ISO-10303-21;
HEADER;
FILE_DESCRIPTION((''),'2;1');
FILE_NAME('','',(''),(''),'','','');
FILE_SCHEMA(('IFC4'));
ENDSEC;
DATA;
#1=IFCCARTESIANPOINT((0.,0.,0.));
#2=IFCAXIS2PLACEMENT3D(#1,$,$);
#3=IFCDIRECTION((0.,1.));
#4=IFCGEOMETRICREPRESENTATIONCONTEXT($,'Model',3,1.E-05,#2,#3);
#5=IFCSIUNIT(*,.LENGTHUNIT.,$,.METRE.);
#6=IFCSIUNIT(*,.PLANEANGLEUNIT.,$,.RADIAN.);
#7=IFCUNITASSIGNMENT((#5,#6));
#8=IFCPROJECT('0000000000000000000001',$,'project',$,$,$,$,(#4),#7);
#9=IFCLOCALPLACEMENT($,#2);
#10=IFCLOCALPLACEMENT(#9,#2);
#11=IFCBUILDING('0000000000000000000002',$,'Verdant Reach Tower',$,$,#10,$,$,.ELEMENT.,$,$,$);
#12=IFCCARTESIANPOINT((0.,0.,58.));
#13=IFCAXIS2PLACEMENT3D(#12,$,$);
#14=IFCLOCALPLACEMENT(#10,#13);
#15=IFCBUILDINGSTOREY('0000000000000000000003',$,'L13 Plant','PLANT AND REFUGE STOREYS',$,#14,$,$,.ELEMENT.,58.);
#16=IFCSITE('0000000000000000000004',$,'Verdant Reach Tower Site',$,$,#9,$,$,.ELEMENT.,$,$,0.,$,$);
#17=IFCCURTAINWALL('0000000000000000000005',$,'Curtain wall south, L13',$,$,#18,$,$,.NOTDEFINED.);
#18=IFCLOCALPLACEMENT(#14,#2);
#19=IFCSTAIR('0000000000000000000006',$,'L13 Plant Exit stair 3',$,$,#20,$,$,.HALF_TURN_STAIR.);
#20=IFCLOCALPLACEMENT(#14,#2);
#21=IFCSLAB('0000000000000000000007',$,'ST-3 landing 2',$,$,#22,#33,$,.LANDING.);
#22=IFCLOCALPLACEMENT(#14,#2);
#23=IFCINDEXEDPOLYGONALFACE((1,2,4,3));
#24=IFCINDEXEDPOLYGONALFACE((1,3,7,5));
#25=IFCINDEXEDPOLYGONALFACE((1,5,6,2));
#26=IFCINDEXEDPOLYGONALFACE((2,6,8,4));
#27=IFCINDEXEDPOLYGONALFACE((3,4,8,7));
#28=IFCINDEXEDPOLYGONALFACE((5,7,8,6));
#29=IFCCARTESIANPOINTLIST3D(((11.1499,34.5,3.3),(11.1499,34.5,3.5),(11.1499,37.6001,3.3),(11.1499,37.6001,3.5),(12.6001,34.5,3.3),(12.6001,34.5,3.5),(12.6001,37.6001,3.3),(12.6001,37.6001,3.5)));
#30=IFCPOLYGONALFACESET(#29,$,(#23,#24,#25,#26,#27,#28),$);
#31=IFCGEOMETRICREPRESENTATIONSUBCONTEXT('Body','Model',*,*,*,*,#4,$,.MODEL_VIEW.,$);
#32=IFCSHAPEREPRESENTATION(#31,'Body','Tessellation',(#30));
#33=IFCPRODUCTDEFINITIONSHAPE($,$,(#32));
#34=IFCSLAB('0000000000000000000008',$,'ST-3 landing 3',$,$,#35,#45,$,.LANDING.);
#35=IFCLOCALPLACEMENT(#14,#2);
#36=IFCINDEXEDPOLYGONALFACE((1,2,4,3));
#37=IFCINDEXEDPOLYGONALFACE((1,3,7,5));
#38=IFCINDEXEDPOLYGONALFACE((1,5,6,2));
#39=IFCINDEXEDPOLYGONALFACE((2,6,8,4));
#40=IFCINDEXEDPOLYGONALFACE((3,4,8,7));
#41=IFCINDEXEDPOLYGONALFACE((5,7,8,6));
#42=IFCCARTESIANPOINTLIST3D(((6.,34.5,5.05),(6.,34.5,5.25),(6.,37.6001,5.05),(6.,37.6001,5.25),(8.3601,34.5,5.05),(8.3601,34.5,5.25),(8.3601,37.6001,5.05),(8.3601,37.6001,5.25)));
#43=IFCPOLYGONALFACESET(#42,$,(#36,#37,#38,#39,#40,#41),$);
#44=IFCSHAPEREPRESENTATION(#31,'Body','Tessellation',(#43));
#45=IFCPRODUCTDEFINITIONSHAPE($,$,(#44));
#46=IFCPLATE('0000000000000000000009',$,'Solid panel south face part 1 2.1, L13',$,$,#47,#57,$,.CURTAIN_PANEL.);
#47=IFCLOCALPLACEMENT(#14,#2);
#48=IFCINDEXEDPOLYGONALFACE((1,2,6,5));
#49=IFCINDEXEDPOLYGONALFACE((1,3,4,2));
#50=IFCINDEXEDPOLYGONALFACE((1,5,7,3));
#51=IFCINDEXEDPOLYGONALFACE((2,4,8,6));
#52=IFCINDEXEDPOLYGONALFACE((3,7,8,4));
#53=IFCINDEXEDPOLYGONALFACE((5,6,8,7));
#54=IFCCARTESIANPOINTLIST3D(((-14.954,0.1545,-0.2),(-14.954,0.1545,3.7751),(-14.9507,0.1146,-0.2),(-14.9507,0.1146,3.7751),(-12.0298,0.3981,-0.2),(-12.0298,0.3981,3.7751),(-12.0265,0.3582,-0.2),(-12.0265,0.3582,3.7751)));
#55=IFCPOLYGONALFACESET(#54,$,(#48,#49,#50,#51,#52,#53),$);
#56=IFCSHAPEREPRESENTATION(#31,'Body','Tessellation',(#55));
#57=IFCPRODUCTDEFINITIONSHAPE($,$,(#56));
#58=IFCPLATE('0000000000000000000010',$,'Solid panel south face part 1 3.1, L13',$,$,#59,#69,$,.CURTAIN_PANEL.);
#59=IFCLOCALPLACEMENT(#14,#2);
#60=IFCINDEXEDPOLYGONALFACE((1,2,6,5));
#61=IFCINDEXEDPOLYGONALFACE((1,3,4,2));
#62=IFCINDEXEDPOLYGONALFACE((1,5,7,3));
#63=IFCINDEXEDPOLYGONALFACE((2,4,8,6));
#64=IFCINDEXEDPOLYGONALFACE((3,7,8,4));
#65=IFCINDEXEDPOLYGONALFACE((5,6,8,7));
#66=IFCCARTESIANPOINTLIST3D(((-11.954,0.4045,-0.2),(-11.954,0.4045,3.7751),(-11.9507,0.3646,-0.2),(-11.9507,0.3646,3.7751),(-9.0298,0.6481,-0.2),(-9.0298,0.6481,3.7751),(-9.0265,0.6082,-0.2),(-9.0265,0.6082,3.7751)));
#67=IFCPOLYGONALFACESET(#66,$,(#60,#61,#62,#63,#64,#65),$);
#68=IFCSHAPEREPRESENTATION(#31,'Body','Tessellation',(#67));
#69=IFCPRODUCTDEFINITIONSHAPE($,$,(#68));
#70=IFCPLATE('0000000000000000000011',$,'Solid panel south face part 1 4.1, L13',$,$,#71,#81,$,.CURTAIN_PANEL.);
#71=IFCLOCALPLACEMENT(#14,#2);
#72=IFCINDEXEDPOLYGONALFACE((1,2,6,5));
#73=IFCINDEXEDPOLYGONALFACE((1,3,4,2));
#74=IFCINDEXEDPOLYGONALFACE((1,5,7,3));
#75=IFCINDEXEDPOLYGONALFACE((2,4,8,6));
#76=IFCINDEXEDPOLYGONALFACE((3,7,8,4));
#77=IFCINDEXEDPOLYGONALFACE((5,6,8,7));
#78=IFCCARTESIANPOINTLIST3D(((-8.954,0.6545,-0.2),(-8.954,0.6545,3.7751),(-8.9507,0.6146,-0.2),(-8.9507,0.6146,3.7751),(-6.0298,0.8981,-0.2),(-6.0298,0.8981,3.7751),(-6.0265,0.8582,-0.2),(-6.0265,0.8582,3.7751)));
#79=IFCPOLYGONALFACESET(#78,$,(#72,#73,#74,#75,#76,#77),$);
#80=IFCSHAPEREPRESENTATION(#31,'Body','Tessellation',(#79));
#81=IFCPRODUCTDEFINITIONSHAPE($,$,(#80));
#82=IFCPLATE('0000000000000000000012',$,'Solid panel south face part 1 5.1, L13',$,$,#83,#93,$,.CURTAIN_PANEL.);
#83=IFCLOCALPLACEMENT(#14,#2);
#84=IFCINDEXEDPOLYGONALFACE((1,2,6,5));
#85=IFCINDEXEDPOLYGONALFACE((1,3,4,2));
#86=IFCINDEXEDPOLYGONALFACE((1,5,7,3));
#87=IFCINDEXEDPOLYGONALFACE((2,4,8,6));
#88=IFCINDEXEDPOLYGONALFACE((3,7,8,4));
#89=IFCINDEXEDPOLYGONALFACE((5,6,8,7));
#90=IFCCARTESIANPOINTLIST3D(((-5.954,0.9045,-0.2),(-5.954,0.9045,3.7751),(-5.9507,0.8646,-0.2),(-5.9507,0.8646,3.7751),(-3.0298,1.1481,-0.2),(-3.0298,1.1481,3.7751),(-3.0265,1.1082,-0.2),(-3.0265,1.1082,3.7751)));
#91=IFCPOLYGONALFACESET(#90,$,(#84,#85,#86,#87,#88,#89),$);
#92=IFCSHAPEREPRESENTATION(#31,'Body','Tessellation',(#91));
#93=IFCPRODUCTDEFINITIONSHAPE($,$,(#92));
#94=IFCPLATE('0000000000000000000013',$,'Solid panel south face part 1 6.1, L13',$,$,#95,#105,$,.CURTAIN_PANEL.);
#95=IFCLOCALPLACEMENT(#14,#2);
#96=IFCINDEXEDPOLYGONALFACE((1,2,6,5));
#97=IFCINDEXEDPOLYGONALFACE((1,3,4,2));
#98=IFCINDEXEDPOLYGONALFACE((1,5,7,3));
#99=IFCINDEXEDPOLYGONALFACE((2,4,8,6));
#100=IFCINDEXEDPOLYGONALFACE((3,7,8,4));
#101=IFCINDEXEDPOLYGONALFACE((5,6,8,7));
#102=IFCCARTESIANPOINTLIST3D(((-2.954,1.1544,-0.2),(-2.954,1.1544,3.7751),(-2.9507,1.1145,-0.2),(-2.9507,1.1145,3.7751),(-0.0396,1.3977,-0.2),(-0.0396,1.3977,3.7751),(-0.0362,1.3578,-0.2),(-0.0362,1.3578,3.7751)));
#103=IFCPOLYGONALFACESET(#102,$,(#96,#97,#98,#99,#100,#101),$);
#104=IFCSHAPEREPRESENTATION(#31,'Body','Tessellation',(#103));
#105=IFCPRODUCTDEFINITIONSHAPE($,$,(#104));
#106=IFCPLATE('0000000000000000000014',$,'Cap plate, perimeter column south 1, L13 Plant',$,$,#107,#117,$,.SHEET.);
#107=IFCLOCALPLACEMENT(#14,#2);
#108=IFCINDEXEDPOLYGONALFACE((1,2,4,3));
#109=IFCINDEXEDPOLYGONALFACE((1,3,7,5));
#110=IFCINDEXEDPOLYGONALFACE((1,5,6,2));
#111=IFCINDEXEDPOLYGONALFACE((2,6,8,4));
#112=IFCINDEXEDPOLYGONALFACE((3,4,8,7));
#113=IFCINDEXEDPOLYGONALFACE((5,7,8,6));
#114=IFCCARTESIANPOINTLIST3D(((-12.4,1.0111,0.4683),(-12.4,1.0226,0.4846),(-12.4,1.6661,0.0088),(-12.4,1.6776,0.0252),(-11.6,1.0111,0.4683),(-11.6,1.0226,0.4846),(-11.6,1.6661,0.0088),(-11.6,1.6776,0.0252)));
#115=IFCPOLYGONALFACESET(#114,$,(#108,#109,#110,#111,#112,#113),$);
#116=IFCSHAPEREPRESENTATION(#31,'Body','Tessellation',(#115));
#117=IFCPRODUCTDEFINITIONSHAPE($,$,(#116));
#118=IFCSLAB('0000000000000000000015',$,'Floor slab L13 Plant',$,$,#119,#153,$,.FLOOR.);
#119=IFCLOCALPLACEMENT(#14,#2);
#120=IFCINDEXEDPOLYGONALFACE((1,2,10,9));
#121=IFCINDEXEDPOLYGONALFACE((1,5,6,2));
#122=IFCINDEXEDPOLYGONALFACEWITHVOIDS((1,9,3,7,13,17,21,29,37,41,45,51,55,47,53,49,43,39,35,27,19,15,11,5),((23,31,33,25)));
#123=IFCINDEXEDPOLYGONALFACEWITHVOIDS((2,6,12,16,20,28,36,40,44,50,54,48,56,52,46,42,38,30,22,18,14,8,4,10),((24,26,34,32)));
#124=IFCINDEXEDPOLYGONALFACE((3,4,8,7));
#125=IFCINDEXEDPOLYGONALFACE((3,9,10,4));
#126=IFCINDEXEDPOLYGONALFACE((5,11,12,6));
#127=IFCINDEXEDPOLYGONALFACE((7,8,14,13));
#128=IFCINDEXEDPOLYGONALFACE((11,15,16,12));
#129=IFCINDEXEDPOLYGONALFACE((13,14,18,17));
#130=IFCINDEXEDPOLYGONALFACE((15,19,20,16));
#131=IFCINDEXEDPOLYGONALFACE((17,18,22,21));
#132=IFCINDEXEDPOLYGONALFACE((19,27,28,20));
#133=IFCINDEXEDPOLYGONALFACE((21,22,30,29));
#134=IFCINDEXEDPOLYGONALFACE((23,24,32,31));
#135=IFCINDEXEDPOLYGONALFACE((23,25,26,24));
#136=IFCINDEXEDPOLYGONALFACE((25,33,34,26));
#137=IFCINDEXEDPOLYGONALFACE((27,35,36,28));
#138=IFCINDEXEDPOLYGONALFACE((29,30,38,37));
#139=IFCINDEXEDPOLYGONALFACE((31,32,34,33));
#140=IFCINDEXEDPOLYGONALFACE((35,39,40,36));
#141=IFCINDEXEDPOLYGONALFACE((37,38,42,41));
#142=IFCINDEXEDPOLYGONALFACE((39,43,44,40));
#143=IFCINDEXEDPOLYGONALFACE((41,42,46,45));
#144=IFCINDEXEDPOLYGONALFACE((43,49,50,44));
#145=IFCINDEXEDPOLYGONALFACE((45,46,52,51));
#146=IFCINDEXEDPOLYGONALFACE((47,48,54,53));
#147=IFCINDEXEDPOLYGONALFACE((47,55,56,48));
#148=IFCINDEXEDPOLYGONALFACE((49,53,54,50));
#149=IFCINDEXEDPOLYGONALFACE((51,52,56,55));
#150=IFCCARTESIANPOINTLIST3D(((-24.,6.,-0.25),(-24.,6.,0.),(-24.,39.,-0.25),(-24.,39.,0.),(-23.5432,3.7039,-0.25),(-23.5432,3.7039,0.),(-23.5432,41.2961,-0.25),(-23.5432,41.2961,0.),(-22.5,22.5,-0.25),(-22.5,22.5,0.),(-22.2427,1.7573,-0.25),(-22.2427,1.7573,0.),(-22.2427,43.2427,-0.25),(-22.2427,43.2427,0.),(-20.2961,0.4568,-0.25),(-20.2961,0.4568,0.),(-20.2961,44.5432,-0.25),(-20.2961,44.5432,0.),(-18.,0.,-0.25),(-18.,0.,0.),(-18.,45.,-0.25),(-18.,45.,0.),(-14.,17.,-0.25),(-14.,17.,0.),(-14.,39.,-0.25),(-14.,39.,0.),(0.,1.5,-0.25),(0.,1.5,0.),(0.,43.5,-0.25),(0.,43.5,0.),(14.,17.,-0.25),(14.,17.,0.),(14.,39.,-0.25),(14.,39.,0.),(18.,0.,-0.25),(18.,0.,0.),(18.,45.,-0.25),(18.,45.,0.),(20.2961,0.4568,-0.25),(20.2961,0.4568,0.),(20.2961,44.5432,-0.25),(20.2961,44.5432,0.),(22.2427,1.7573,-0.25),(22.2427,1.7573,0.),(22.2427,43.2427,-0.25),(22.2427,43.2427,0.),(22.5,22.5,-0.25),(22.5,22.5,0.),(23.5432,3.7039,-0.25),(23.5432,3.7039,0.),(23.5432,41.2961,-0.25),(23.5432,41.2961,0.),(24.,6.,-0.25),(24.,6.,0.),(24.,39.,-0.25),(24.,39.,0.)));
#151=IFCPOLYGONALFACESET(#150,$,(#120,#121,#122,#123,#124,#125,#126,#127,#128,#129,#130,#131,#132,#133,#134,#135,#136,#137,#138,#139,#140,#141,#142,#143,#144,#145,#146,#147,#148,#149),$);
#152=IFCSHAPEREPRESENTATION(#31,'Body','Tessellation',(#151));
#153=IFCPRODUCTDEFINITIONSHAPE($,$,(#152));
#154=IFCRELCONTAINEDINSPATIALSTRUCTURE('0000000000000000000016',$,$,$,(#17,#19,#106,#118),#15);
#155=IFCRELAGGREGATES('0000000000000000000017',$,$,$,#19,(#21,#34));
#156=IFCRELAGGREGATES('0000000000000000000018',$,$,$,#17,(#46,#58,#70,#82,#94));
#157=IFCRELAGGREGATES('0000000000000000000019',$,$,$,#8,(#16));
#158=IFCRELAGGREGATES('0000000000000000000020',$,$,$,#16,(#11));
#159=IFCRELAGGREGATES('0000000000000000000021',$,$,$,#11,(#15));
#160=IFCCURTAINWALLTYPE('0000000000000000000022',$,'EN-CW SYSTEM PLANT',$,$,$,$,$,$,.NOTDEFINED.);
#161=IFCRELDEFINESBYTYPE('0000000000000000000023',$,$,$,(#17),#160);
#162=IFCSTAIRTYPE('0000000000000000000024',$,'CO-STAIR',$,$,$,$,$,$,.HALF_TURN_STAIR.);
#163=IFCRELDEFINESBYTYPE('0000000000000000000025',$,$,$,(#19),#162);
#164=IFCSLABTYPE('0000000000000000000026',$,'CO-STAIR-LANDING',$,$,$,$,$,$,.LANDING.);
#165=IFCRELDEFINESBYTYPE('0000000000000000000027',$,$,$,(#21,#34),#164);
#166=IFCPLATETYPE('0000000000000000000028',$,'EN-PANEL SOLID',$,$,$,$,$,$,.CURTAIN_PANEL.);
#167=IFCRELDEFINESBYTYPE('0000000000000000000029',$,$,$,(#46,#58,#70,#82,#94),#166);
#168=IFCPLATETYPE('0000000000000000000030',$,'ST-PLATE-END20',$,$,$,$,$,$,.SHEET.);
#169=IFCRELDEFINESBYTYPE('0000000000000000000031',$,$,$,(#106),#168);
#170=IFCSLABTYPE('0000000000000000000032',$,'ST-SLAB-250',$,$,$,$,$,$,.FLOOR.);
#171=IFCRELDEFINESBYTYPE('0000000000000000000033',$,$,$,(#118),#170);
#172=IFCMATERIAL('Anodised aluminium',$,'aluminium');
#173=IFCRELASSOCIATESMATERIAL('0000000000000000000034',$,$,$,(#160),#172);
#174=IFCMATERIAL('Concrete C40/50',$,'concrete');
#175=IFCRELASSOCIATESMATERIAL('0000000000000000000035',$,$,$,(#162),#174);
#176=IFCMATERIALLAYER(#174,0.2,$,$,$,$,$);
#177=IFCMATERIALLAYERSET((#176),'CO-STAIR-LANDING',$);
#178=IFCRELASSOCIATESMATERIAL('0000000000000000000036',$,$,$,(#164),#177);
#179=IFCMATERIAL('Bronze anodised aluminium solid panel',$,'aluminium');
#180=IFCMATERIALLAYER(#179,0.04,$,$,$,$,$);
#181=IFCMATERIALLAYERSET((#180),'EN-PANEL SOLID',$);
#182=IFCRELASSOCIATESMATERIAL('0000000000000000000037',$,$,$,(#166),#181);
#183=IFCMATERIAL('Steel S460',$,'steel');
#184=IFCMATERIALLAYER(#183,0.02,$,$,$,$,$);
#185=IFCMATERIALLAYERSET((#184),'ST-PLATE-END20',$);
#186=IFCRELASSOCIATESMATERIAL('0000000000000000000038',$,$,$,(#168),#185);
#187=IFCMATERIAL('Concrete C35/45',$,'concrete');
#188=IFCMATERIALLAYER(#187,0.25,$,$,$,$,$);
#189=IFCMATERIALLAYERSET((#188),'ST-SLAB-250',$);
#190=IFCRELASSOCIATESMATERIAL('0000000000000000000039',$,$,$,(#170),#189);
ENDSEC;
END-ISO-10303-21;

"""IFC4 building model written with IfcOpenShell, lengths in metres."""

from ifc_helpers import new_model, si_unit, direction, frame, origin, origin_2d, place, context, subcontext, project, spatial, polyline, rectangle, outline, extrude, material, layer, layer_set, type_object, element, aggregate, save


model = new_model("IFC4")

# Units and contexts
model_context = context("Model", 3, precision=1e-05, world=origin(), true_north=direction((0.0, 1.0)))
body_context = subcontext(model_context, "Body", "Model", "MODEL_VIEW")
ifc_project = project(units=[si_unit("LENGTHUNIT", "METRE"), si_unit("PLANEANGLEUNIT", "RADIAN")], contexts=[model_context])

# Site, building, storey
site_placement = place(None, origin())
site = spatial("IfcSite", under=ifc_project, at=site_placement, Name="Verdant Reach Tower Site", CompositionType="ELEMENT", RefElevation=0.0)
building_placement = place(site_placement, origin())
building = spatial("IfcBuilding", under=site, at=building_placement, Name="Verdant Reach Tower", CompositionType="ELEMENT")
storey_placement = place(building_placement, frame((0.0, 0.0, 58.0)))
storey = spatial("IfcBuildingStorey", under=building, at=storey_placement, Name="L13 Plant", Description="PLANT AND REFUGE STOREYS", CompositionType="ELEMENT", Elevation=58.0)

# Shared definitions
ifc_material_1 = material(Name="Steel S460", Category="steel")

# Curtain wall
ifc_material_2 = material(Name="Anodised aluminium", Category="aluminium")
curtain_wall_type = type_object("IfcCurtainWallType", Name="EN-CW SYSTEM PLANT", PredefinedType="NOTDEFINED", material=ifc_material_2)
curtain_wall_placement = place(storey_placement, origin())
curtain_wall = element("IfcCurtainWall", 1, at=curtain_wall_placement, inside=storey, type_object=curtain_wall_type, Name="Curtain wall south, L13", PredefinedType="NOTDEFINED")

# Stair, slabs
ifc_material_3 = material(Name="Concrete C40/50", Category="concrete")
stair_type = type_object("IfcStairType", Name="CO-STAIR", PredefinedType="HALF_TURN_STAIR", material=ifc_material_3)
ifc_layer_1 = layer(ifc_material_3, 0.2)
ifc_layer_set_1 = layer_set([ifc_layer_1], Name="CO-STAIR-LANDING")
slab_type_1 = type_object("IfcSlabType", Name="CO-STAIR-LANDING", PredefinedType="LANDING", material=ifc_layer_set_1)
stair_1_placement = place(storey_placement, origin())
stair_1 = element("IfcStair", 2, at=stair_1_placement, inside=storey, type_object=stair_type, Name="L13 Plant Exit stair 3", PredefinedType="HALF_TURN_STAIR")
slab_1_placement = place(storey_placement, frame((0.0, 0.0, 3.3)))
slab_1 = element("IfcSlab", 3, at=slab_1_placement, type_object=slab_type_1, Name="ST-3 landing 2", PredefinedType="LANDING", context=body_context, shape_type="SweptSolid", body=[
    extrude(outline(polyline([(12.6001, 37.6001), (11.1499, 37.6001), (11.1499, 34.5), (12.6001, 34.5), (12.6001, 37.6001)])), origin(), (0.0, 0.0, 1.0), 0.2),
])
slab_2_placement = place(storey_placement, frame((0.0, 0.0, 5.05)))
slab_2 = element("IfcSlab", 4, at=slab_2_placement, type_object=slab_type_1, Name="ST-3 landing 3", PredefinedType="LANDING", context=body_context, shape_type="SweptSolid", body=[
    extrude(outline(polyline([(8.3601, 37.6001), (6.0, 37.6001), (6.0, 34.5), (8.3601, 34.5), (8.3601, 37.6001)])), origin(), (0.0, 0.0, 1.0), 0.2),
])
aggregate(stair_1, [slab_1, slab_2])

# Plates
ifc_material_4 = material(Name="Bronze anodised aluminium solid panel", Category="aluminium")
ifc_layer_2 = layer(ifc_material_4, 0.04)
ifc_layer_set_2 = layer_set([ifc_layer_2], Name="EN-PANEL SOLID")
plate_type_1 = type_object("IfcPlateType", Name="EN-PANEL SOLID", PredefinedType="CURTAIN_PANEL", material=ifc_layer_set_2)
plate_1_placement = place(storey_placement, frame((-13.4902, 0.2563, -0.2), z_axis=(0.0, 0.0, 1.0), x_axis=(0.996546, 0.083045, 0.0)))
plate_1 = element("IfcPlate", 5, at=plate_1_placement, type_object=plate_type_1, Name="Solid panel south face part 1 2.1, L13", PredefinedType="CURTAIN_PANEL", context=body_context, shape_type="SweptSolid", body=[
    extrude(rectangle(XDim=2.9343, YDim=0.04, at=origin_2d()), origin(), (0.0, 0.0, 1.0), 3.9751),
])
plate_2_placement = place(storey_placement, frame((-10.4902, 0.5063, -0.2), z_axis=(0.0, 0.0, 1.0), x_axis=(0.996546, 0.083045, 0.0)))
plate_2 = element("IfcPlate", 6, at=plate_2_placement, type_object=plate_type_1, Name="Solid panel south face part 1 3.1, L13", PredefinedType="CURTAIN_PANEL", context=body_context, shape_type="SweptSolid", body=[
    extrude(rectangle(XDim=2.9343, YDim=0.04, at=origin_2d()), origin(), (0.0, 0.0, 1.0), 3.9751),
])
plate_3_placement = place(storey_placement, frame((-7.4902, 0.7563, -0.2), z_axis=(0.0, 0.0, 1.0), x_axis=(0.996546, 0.083045, 0.0)))
plate_3 = element("IfcPlate", 7, at=plate_3_placement, type_object=plate_type_1, Name="Solid panel south face part 1 4.1, L13", PredefinedType="CURTAIN_PANEL", context=body_context, shape_type="SweptSolid", body=[
    extrude(rectangle(XDim=2.9343, YDim=0.04, at=origin_2d()), origin(), (0.0, 0.0, 1.0), 3.9751),
])
plate_4_placement = place(storey_placement, frame((-4.4902, 1.0063, -0.2), z_axis=(0.0, 0.0, 1.0), x_axis=(0.996546, 0.083045, 0.0)))
plate_4 = element("IfcPlate", 8, at=plate_4_placement, type_object=plate_type_1, Name="Solid panel south face part 1 5.1, L13", PredefinedType="CURTAIN_PANEL", context=body_context, shape_type="SweptSolid", body=[
    extrude(rectangle(XDim=2.9343, YDim=0.04, at=origin_2d()), origin(), (0.0, 0.0, 1.0), 3.9751),
])
plate_5_placement = place(storey_placement, frame((-1.4951, 1.2561, -0.2), z_axis=(0.0, 0.0, 1.0), x_axis=(0.996534, 0.083182, 0.0)))
plate_5 = element("IfcPlate", 9, at=plate_5_placement, type_object=plate_type_1, Name="Solid panel south face part 1 6.1, L13", PredefinedType="CURTAIN_PANEL", context=body_context, shape_type="SweptSolid", body=[
    extrude(rectangle(XDim=2.9246, YDim=0.04, at=origin_2d()), origin(), (0.0, 0.0, 1.0), 3.9751),
])
ifc_layer_3 = layer(ifc_material_1, 0.02)
ifc_layer_set_3 = layer_set([ifc_layer_3], Name="ST-PLATE-END20")
plate_type_2 = type_object("IfcPlateType", Name="ST-PLATE-END20", PredefinedType="SHEET", material=ifc_layer_set_3)
plate_6_placement = place(storey_placement, frame((-12.0, 1.3386, 0.2385), z_axis=(0.0, 0.574282, 0.818657), x_axis=(-1.0, 0.0, 0.0)))
element("IfcPlate", 10, at=plate_6_placement, inside=storey, type_object=plate_type_2, Name="Cap plate, perimeter column south 1, L13 Plant", PredefinedType="SHEET", context=body_context, shape_type="SweptSolid", body=[
    extrude(rectangle(XDim=0.8, YDim=0.8, at=origin_2d()), origin(), (0.0, 0.0, 1.0), 0.02),
])

# Slab
ifc_material_5 = material(Name="Concrete C35/45", Category="concrete")
ifc_layer_4 = layer(ifc_material_5, 0.25)
ifc_layer_set_4 = layer_set([ifc_layer_4], Name="ST-SLAB-250")
slab_type_2 = type_object("IfcSlabType", Name="ST-SLAB-250", PredefinedType="FLOOR", material=ifc_layer_set_4)
slab_3_placement = place(storey_placement, frame((0.0, 0.0, -0.25)))
element("IfcSlab", 11, at=slab_3_placement, inside=storey, type_object=slab_type_2, Name="Floor slab L13 Plant", PredefinedType="FLOOR", context=body_context, shape_type="SweptSolid", body=[
    extrude(outline(polyline([(0.0, 1.5), (-18.0, 0.0), (-20.2961, 0.4568), (-22.2427, 1.7573), (-23.5432, 3.7039), (-24.0, 6.0), (-22.5, 22.5), (-24.0, 39.0), (-23.5432, 41.2961), (-22.2427, 43.2427), (-20.2961, 44.5432), (-18.0, 45.0), (0.0, 43.5), (18.0, 45.0), (20.2961, 44.5432), (22.2427, 43.2427), (23.5432, 41.2961), (24.0, 39.0), (22.5, 22.5), (24.0, 6.0), (23.5432, 3.7039), (22.2427, 1.7573), (20.2961, 0.4568), (18.0, 0.0), (0.0, 1.5)]), holes=[polyline([(14.0, 39.0), (-14.0, 39.0), (-14.0, 17.0), (14.0, 17.0), (14.0, 39.0)])]), origin(), (0.0, 0.0, 1.0), 0.25),
])

aggregate(curtain_wall, [plate_1, plate_2, plate_3, plate_4, plate_5])

save(model, "model.ifc")
